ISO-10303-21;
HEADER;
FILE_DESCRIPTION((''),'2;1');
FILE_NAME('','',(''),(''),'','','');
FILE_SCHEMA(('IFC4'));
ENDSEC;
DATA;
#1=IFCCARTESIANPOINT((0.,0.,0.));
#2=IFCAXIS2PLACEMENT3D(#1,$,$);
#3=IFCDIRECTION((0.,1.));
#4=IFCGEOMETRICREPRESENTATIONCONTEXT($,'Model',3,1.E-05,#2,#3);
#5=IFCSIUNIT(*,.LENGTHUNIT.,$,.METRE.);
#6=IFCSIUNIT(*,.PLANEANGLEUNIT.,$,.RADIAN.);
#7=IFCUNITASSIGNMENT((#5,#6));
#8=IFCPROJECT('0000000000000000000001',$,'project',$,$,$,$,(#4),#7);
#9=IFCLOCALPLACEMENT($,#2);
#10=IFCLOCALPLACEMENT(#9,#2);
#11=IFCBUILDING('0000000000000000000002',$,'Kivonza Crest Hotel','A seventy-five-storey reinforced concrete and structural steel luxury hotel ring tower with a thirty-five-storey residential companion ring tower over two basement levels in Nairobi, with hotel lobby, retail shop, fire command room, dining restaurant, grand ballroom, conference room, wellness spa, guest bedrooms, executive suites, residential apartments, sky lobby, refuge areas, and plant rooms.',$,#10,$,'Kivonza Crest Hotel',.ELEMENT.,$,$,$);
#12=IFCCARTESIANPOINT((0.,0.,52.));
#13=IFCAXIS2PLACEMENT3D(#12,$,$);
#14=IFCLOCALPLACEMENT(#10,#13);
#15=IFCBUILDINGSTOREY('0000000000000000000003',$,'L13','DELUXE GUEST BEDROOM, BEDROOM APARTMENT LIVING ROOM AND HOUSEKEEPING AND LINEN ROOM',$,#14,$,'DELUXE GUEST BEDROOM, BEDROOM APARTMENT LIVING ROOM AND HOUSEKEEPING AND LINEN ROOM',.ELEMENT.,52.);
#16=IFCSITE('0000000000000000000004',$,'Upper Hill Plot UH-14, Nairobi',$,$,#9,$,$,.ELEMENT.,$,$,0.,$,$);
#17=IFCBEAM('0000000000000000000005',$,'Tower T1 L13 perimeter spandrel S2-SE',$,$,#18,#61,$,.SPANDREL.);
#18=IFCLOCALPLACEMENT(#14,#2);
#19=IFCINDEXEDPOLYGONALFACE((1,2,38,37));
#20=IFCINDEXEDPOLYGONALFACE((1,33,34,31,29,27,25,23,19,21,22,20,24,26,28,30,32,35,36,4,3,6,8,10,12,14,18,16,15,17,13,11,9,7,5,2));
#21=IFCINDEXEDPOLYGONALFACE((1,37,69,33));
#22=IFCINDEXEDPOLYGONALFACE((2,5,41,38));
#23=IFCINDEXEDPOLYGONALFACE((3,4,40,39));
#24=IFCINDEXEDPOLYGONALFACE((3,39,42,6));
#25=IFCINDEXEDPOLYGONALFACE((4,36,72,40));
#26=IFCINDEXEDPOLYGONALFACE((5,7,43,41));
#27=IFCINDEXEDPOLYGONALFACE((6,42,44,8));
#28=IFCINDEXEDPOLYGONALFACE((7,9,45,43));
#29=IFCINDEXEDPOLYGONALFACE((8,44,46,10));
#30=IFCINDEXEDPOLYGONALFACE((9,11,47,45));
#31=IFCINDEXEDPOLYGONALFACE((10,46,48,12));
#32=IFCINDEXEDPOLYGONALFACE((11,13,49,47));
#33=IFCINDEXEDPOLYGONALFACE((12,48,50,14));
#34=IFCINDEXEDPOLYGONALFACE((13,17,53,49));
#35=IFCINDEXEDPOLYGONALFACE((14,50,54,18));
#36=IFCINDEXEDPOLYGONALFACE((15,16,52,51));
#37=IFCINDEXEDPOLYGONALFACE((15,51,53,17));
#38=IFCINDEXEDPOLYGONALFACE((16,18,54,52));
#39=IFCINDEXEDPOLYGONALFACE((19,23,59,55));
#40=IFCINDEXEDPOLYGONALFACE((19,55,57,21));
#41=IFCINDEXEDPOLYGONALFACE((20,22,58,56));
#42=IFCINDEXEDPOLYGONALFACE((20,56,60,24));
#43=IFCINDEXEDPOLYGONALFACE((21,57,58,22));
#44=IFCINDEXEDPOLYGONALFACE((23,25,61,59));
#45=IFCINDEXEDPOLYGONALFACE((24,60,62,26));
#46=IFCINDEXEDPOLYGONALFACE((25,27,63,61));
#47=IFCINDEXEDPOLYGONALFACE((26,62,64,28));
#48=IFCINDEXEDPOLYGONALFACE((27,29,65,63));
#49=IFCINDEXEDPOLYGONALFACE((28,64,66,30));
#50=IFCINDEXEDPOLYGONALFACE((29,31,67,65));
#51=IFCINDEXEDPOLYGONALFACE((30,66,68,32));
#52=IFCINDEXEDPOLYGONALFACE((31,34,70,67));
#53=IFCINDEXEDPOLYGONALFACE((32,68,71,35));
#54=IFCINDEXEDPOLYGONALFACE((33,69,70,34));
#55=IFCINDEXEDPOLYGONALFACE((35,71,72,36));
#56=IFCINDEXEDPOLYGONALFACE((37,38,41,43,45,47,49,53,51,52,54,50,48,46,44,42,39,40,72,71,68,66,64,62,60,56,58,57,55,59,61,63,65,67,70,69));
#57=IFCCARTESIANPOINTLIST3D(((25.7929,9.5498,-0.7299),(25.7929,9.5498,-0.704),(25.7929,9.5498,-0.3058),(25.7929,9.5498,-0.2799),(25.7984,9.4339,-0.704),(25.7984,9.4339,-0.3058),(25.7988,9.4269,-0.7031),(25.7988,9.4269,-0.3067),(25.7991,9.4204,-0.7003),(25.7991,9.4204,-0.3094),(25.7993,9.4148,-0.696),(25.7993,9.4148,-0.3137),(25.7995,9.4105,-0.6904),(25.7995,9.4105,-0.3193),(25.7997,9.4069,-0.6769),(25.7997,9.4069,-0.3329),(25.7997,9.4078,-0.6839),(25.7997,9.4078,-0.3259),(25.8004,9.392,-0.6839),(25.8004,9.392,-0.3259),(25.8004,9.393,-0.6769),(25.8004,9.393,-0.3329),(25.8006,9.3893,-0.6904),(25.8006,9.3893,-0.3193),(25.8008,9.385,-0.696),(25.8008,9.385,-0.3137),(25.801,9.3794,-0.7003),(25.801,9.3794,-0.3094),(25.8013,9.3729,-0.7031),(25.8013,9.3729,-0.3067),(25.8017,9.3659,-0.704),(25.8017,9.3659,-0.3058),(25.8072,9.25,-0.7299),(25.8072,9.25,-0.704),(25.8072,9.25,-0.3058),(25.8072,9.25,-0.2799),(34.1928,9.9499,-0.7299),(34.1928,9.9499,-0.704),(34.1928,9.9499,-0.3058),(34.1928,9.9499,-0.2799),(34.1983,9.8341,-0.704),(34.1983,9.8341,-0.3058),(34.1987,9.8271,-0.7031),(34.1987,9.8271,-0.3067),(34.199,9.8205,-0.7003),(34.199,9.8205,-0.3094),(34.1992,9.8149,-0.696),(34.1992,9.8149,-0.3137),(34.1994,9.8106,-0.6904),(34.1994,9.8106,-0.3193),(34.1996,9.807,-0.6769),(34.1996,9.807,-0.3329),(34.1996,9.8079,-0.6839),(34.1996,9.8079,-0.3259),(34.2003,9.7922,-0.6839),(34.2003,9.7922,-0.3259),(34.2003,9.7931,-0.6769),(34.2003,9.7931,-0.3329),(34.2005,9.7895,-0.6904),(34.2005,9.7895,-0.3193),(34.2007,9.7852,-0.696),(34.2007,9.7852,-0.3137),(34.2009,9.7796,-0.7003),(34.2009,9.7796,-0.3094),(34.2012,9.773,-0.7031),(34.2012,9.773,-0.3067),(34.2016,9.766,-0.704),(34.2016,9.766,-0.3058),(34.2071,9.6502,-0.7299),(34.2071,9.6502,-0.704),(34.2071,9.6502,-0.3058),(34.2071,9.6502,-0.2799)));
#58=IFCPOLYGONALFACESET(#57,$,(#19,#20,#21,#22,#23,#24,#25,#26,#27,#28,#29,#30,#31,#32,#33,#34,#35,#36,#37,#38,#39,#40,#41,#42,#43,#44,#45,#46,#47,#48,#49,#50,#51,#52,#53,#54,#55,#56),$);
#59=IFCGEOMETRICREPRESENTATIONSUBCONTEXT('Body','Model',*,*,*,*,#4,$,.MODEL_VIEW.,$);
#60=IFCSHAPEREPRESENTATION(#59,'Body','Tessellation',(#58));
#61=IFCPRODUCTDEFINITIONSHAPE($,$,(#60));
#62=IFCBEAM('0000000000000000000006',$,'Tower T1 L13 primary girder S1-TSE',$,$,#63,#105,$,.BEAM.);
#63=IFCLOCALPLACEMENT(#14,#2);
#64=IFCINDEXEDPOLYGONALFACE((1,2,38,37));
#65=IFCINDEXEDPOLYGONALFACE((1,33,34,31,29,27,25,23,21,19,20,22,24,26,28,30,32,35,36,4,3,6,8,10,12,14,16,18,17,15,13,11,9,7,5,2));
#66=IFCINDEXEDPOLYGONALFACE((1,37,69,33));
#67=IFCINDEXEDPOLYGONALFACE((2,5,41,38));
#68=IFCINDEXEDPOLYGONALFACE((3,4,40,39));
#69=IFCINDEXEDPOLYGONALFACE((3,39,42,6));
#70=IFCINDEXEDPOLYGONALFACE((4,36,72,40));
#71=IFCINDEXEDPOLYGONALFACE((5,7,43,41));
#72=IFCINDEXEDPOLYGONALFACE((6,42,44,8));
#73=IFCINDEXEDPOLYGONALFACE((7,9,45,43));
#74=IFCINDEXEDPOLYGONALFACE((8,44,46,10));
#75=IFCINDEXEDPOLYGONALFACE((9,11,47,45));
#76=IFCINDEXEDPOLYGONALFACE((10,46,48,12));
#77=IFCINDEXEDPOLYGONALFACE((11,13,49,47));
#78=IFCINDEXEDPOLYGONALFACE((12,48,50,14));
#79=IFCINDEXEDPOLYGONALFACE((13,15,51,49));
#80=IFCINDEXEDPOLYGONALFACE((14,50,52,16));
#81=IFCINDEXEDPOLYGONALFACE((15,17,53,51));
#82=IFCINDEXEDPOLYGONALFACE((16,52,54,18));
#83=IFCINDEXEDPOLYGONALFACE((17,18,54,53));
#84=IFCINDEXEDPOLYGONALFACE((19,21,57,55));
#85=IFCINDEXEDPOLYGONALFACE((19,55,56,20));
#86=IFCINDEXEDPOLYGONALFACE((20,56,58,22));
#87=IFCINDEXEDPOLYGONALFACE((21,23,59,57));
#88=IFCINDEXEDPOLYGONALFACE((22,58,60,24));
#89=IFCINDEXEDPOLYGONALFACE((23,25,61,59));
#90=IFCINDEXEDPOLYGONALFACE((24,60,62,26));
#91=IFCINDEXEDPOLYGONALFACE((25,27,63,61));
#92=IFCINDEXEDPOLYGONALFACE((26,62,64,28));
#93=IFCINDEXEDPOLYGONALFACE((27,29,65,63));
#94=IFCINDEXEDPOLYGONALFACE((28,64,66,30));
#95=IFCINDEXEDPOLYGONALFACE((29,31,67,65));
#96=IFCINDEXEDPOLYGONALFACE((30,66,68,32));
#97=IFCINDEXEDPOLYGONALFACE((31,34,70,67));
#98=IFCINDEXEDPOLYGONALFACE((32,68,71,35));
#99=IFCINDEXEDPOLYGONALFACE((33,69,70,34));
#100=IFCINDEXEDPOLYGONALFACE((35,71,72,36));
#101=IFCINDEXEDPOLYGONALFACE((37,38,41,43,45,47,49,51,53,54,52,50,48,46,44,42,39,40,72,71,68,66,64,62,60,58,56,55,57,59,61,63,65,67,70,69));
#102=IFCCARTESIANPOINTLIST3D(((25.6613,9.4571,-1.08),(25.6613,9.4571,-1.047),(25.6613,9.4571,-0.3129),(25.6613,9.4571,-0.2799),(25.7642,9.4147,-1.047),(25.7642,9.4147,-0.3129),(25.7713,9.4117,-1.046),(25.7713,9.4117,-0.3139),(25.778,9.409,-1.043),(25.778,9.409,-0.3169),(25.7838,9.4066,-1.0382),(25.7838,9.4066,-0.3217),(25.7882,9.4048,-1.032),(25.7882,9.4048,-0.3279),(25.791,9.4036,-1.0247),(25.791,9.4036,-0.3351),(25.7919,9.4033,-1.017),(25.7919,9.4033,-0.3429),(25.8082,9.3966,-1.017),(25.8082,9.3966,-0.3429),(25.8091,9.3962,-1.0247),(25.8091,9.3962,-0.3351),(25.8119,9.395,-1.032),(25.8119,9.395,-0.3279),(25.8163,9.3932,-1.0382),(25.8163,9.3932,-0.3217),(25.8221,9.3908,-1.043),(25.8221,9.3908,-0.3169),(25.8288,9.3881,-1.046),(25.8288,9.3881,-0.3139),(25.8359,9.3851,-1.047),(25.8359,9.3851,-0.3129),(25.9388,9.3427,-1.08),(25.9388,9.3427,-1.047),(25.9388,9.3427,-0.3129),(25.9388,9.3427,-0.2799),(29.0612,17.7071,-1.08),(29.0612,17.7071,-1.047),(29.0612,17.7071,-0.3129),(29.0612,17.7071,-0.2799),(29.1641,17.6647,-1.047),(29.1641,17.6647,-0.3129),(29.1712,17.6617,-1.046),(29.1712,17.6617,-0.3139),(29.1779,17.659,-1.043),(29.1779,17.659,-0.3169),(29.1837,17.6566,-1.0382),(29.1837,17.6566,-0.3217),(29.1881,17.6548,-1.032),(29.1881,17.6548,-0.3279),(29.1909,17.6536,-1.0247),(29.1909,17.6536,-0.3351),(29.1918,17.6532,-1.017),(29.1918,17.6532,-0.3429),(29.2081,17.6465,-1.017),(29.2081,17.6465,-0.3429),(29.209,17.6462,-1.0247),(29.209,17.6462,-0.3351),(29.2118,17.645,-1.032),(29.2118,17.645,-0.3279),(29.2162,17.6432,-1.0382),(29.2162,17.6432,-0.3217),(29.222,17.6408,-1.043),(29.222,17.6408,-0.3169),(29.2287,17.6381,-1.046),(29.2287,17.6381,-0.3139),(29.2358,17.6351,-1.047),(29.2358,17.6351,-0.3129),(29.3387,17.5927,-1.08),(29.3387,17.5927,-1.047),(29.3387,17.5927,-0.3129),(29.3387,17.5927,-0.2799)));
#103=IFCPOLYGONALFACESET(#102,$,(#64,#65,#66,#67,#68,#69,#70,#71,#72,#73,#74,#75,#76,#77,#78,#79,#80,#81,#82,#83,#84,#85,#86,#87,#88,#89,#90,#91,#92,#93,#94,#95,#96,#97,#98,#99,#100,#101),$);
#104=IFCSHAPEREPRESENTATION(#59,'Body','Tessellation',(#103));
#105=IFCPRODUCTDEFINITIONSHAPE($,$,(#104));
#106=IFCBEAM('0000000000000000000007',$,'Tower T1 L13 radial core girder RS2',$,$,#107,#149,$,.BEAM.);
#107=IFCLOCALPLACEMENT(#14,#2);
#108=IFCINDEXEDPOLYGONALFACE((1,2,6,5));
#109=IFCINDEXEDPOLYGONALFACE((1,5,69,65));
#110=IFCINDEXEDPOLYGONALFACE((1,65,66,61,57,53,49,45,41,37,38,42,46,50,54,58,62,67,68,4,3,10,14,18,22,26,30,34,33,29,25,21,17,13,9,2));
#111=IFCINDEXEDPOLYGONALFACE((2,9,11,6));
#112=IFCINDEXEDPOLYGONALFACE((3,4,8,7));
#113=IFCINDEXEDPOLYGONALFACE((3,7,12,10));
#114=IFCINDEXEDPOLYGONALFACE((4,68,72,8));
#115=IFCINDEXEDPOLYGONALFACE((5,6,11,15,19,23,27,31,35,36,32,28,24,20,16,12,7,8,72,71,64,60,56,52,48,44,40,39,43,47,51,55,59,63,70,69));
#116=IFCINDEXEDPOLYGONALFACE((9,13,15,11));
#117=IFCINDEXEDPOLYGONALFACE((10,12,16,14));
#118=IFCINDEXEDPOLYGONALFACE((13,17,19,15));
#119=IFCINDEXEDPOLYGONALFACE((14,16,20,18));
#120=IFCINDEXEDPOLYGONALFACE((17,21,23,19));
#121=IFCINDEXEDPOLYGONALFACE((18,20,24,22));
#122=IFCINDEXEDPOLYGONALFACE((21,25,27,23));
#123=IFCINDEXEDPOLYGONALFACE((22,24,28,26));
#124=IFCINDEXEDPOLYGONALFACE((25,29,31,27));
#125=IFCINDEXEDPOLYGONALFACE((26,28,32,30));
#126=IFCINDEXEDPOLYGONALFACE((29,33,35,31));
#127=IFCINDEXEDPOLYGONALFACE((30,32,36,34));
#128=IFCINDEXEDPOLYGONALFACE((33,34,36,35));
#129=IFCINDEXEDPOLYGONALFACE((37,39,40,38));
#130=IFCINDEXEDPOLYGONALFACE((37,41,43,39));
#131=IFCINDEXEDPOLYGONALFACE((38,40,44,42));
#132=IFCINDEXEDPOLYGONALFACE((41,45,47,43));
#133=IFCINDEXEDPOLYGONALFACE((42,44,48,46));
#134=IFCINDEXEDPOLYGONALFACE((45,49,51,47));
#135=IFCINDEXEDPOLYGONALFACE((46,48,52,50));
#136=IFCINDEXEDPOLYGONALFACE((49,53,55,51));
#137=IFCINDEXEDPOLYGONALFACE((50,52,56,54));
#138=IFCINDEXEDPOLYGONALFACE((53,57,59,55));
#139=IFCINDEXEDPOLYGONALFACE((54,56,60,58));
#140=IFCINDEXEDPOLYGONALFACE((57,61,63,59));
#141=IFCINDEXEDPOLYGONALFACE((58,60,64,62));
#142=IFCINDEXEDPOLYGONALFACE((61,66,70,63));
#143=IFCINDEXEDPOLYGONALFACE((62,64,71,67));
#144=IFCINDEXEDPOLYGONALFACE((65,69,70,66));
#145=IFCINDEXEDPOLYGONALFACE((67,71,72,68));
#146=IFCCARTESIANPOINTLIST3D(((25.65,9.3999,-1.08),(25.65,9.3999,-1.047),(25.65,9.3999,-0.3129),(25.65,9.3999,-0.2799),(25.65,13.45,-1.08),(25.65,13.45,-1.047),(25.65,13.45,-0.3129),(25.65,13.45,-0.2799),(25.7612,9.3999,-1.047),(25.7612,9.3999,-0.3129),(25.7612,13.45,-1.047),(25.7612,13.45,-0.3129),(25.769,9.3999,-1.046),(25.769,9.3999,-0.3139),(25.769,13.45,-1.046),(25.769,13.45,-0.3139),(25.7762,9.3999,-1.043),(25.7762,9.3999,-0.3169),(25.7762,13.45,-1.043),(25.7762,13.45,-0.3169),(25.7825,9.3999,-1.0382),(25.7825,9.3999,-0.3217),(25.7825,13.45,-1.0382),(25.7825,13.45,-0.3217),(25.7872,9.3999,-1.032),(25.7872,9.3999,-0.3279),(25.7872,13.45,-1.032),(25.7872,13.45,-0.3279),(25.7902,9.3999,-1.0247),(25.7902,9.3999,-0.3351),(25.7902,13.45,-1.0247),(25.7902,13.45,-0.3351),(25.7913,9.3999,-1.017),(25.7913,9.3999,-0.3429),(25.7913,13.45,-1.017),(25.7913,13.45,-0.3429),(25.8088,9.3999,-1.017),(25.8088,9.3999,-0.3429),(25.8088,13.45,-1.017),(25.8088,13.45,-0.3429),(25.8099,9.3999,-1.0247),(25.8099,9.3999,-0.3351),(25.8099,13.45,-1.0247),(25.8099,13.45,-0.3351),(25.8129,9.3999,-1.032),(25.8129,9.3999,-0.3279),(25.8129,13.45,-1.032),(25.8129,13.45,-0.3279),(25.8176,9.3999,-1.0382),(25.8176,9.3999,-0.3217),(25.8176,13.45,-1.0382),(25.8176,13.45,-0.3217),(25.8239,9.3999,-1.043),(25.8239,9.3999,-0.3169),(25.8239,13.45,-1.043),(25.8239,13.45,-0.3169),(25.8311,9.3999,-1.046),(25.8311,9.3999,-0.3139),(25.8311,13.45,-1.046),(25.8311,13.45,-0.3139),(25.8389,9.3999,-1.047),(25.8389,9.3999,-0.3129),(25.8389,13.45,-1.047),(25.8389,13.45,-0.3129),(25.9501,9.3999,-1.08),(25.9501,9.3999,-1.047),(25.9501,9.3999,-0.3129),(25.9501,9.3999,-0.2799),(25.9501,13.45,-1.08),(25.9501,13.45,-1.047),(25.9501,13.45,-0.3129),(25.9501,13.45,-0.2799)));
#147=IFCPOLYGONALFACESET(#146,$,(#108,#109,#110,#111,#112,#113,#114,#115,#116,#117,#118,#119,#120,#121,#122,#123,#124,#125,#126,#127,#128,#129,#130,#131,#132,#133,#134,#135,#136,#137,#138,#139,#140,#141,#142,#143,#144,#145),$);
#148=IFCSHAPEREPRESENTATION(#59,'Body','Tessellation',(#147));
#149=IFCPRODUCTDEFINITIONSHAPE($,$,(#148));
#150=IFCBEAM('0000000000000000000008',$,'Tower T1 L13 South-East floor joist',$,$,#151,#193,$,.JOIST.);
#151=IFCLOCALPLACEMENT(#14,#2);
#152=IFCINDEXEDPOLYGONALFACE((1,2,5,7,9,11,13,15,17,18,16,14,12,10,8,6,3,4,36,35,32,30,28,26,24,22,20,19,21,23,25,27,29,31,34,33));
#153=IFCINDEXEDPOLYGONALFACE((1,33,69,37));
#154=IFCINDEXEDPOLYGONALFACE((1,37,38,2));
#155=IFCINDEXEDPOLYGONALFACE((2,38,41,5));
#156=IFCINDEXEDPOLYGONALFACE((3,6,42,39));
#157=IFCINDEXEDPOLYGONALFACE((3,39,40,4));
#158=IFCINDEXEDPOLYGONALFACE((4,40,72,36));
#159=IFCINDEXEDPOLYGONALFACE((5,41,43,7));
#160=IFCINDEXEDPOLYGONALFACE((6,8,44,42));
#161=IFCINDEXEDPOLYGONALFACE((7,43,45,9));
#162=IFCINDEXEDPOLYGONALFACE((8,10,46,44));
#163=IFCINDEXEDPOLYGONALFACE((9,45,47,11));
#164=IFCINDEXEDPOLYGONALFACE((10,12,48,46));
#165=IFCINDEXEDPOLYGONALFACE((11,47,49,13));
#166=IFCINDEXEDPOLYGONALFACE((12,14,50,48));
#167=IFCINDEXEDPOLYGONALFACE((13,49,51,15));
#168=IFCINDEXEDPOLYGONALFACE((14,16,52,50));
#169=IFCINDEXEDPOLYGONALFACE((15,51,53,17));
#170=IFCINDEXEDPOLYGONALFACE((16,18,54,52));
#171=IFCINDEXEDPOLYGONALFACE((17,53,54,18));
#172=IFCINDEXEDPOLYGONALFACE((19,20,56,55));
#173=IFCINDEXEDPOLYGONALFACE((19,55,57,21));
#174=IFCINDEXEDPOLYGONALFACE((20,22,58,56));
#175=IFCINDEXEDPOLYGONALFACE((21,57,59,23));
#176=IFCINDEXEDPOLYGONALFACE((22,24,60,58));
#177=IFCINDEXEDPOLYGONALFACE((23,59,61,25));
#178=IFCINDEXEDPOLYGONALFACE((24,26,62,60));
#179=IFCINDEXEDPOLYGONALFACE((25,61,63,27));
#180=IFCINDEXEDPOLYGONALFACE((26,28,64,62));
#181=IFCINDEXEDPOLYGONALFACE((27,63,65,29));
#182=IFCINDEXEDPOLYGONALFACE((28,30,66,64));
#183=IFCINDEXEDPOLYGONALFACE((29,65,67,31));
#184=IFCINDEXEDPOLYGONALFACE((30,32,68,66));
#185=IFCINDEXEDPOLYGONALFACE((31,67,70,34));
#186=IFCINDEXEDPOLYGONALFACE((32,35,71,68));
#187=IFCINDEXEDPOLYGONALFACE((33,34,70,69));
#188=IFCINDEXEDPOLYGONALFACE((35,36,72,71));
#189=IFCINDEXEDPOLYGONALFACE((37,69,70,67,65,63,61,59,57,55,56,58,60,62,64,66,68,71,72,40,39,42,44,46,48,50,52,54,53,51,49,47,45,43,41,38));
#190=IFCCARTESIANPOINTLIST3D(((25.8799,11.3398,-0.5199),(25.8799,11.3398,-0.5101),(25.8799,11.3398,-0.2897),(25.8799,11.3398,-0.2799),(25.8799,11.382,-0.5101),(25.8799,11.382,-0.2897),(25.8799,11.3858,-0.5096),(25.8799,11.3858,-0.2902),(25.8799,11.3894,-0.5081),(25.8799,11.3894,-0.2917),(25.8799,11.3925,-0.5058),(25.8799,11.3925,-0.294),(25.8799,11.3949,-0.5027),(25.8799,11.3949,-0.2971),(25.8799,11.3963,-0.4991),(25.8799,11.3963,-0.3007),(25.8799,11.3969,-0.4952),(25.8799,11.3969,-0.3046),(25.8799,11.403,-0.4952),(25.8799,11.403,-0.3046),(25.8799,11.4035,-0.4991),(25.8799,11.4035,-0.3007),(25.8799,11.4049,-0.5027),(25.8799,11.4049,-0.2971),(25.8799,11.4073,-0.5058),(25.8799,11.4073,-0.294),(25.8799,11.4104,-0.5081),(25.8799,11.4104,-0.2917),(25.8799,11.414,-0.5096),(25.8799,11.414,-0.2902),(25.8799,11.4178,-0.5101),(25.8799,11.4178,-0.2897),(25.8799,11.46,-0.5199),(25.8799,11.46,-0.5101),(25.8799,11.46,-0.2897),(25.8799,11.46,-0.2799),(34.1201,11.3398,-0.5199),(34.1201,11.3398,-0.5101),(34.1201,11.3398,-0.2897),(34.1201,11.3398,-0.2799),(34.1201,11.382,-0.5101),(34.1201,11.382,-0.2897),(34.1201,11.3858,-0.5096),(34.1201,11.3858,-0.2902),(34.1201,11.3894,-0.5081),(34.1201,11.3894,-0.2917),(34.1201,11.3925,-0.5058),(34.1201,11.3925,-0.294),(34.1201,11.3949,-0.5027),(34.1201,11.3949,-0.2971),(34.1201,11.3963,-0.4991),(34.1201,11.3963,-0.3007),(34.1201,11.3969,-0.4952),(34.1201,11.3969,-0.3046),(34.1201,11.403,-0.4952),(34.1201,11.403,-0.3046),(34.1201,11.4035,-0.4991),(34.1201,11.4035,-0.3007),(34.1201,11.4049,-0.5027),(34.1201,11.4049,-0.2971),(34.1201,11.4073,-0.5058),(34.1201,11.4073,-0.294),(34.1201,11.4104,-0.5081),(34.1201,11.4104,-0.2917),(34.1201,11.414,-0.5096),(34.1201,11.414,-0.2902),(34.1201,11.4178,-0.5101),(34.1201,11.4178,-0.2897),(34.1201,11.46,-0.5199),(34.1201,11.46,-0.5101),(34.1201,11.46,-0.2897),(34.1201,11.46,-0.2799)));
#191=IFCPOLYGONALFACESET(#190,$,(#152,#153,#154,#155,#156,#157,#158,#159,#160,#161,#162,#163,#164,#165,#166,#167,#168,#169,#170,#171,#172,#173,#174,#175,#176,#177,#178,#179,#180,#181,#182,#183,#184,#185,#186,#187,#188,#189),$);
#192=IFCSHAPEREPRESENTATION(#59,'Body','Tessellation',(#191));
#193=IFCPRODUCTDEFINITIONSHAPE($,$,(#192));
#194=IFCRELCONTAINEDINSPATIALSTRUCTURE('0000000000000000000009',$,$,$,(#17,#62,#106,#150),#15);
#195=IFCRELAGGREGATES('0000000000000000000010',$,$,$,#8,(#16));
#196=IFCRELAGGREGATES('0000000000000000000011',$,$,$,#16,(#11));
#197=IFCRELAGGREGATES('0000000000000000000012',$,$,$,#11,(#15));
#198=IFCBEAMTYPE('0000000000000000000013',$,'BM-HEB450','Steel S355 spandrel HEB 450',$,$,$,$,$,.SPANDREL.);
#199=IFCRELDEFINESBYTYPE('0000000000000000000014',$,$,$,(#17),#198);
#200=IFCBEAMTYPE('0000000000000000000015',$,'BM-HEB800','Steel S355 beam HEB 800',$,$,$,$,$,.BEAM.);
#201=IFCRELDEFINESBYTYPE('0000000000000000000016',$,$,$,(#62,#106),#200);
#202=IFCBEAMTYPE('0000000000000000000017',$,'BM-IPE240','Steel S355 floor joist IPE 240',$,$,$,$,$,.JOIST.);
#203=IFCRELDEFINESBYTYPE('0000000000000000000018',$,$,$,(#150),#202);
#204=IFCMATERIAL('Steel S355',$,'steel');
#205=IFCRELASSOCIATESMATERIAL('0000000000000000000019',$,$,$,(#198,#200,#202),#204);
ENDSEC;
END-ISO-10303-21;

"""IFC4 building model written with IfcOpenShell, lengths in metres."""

from ifc_helpers import new_model, si_unit, direction, frame, origin, origin_2d, place, context, subcontext, project, spatial, i_section, extrude, material, material_profile, profile_set, type_object, element, save


model = new_model("IFC4")

# Units and contexts
model_context = context("Model", 3, precision=1e-05, world=origin(), true_north=direction((0.0, 1.0)))
body_context = subcontext(model_context, "Body", "Model", "MODEL_VIEW")
ifc_project = project(units=[si_unit("LENGTHUNIT", "METRE"), si_unit("PLANEANGLEUNIT", "RADIAN")], contexts=[model_context])

# Site, building, storey
site_placement = place(None, origin())
site = spatial("IfcSite", under=ifc_project, at=site_placement, Name="Upper Hill Plot UH-14, Nairobi", CompositionType="ELEMENT", RefElevation=0.0)
building_placement = place(site_placement, origin())
building = spatial("IfcBuilding", under=site, at=building_placement, Name="Kivonza Crest Hotel", Description="A seventy-five-storey reinforced concrete and structural steel luxury hotel ring tower with a thirty-five-storey residential companion ring tower over two basement levels in Nairobi, with hotel lobby, retail shop, fire command room, dining restaurant, grand ballroom, conference room, wellness spa, guest bedrooms, executive suites, residential apartments, sky lobby, refuge areas, and plant rooms.", LongName="Kivonza Crest Hotel", CompositionType="ELEMENT")
storey_placement = place(building_placement, frame((0.0, 0.0, 52.0)))
storey = spatial("IfcBuildingStorey", under=building, at=storey_placement, Name="L13", Description="DELUXE GUEST BEDROOM, BEDROOM APARTMENT LIVING ROOM AND HOUSEKEEPING AND LINEN ROOM", LongName="DELUXE GUEST BEDROOM, BEDROOM APARTMENT LIVING ROOM AND HOUSEKEEPING AND LINEN ROOM", CompositionType="ELEMENT", Elevation=52.0)

# Beams
ifc_material_1 = material(Name="Steel S355", Category="steel")
ifc_material_profile_1 = material_profile(ifc_material_1, i_section(OverallWidth=0.3, OverallDepth=0.45, WebThickness=0.0139, FlangeThickness=0.0259, FilletRadius=0.0271, at=origin_2d()), Name="HEB 450")
ifc_profile_set_1 = profile_set([ifc_material_profile_1], Name="Steel S355")
beam_type_1 = type_object("IfcBeamType", Name="BM-HEB450", Description="Steel S355 spandrel HEB 450", PredefinedType="SPANDREL", material=ifc_profile_set_1)
beam_1_placement = place(storey_placement, frame((25.8, 9.3999, -0.5049), z_axis=(0.998867, 0.047583, 0.0), x_axis=(-0.047583, 0.998867, 0.0)))
element("IfcBeam", 1, at=beam_1_placement, inside=storey, type_object=beam_type_1, Name="Tower T1 L13 perimeter spandrel S2-SE", PredefinedType="SPANDREL", context=body_context, shape_type="SweptSolid", body=[
    extrude(i_section(OverallWidth=0.3, OverallDepth=0.45, WebThickness=0.0139, FlangeThickness=0.0259, FilletRadius=0.0271, at=origin_2d()), origin(), (0.0, 0.0, 1.0), 8.4094),
])
ifc_material_profile_2 = material_profile(ifc_material_1, i_section(OverallWidth=0.3, OverallDepth=0.8, WebThickness=0.0176, FlangeThickness=0.033, FilletRadius=0.03, at=origin_2d()), Name="HEB 800")
ifc_profile_set_2 = profile_set([ifc_material_profile_2], Name="Steel S355")
beam_type_2 = type_object("IfcBeamType", Name="BM-HEB800", Description="Steel S355 beam HEB 800", PredefinedType="BEAM", material=ifc_profile_set_2)
beam_2_placement = place(storey_placement, frame((25.8, 9.3999, -0.6799), z_axis=(0.381022, 0.924566, 0.0), x_axis=(-0.924566, 0.381022, 0.0)))
element("IfcBeam", 2, at=beam_2_placement, inside=storey, type_object=beam_type_2, Name="Tower T1 L13 primary girder S1-TSE", PredefinedType="BEAM", context=body_context, shape_type="SweptSolid", body=[
    extrude(i_section(OverallWidth=0.3, OverallDepth=0.8, WebThickness=0.0176, FlangeThickness=0.033, FilletRadius=0.03, at=origin_2d()), origin(), (0.0, 0.0, 1.0), 8.9231),
])
beam_3_placement = place(storey_placement, frame((25.8, 9.3999, -0.6799), z_axis=(0.0, 1.0, 0.0), x_axis=(-1.0, 0.0, 0.0)))
element("IfcBeam", 3, at=beam_3_placement, inside=storey, type_object=beam_type_2, Name="Tower T1 L13 radial core girder RS2", PredefinedType="BEAM", context=body_context, shape_type="SweptSolid", body=[
    extrude(i_section(OverallWidth=0.3, OverallDepth=0.8, WebThickness=0.0176, FlangeThickness=0.033, FilletRadius=0.03, at=origin_2d()), origin(), (0.0, 0.0, 1.0), 4.05),
])
ifc_material_profile_3 = material_profile(ifc_material_1, i_section(OverallWidth=0.1201, OverallDepth=0.24, WebThickness=0.0061, FlangeThickness=0.0098, FilletRadius=0.0149, at=origin_2d()), Name="IPE 240")
ifc_profile_set_3 = profile_set([ifc_material_profile_3], Name="Steel S355")
beam_type_3 = type_object("IfcBeamType", Name="BM-IPE240", Description="Steel S355 floor joist IPE 240", PredefinedType="JOIST", material=ifc_profile_set_3)
beam_4_placement = place(storey_placement, frame((25.8799, 11.3999, -0.3999), z_axis=(1.0, 0.0, 0.0), x_axis=(0.0, 1.0, 0.0)))
element("IfcBeam", 4, at=beam_4_placement, inside=storey, type_object=beam_type_3, Name="Tower T1 L13 South-East floor joist", PredefinedType="JOIST", context=body_context, shape_type="SweptSolid", body=[
    extrude(i_section(OverallWidth=0.1201, OverallDepth=0.24, WebThickness=0.0061, FlangeThickness=0.0098, FilletRadius=0.0149, at=origin_2d()), origin(), (0.0, 0.0, 1.0), 8.2402),
])

save(model, "model.ifc")
